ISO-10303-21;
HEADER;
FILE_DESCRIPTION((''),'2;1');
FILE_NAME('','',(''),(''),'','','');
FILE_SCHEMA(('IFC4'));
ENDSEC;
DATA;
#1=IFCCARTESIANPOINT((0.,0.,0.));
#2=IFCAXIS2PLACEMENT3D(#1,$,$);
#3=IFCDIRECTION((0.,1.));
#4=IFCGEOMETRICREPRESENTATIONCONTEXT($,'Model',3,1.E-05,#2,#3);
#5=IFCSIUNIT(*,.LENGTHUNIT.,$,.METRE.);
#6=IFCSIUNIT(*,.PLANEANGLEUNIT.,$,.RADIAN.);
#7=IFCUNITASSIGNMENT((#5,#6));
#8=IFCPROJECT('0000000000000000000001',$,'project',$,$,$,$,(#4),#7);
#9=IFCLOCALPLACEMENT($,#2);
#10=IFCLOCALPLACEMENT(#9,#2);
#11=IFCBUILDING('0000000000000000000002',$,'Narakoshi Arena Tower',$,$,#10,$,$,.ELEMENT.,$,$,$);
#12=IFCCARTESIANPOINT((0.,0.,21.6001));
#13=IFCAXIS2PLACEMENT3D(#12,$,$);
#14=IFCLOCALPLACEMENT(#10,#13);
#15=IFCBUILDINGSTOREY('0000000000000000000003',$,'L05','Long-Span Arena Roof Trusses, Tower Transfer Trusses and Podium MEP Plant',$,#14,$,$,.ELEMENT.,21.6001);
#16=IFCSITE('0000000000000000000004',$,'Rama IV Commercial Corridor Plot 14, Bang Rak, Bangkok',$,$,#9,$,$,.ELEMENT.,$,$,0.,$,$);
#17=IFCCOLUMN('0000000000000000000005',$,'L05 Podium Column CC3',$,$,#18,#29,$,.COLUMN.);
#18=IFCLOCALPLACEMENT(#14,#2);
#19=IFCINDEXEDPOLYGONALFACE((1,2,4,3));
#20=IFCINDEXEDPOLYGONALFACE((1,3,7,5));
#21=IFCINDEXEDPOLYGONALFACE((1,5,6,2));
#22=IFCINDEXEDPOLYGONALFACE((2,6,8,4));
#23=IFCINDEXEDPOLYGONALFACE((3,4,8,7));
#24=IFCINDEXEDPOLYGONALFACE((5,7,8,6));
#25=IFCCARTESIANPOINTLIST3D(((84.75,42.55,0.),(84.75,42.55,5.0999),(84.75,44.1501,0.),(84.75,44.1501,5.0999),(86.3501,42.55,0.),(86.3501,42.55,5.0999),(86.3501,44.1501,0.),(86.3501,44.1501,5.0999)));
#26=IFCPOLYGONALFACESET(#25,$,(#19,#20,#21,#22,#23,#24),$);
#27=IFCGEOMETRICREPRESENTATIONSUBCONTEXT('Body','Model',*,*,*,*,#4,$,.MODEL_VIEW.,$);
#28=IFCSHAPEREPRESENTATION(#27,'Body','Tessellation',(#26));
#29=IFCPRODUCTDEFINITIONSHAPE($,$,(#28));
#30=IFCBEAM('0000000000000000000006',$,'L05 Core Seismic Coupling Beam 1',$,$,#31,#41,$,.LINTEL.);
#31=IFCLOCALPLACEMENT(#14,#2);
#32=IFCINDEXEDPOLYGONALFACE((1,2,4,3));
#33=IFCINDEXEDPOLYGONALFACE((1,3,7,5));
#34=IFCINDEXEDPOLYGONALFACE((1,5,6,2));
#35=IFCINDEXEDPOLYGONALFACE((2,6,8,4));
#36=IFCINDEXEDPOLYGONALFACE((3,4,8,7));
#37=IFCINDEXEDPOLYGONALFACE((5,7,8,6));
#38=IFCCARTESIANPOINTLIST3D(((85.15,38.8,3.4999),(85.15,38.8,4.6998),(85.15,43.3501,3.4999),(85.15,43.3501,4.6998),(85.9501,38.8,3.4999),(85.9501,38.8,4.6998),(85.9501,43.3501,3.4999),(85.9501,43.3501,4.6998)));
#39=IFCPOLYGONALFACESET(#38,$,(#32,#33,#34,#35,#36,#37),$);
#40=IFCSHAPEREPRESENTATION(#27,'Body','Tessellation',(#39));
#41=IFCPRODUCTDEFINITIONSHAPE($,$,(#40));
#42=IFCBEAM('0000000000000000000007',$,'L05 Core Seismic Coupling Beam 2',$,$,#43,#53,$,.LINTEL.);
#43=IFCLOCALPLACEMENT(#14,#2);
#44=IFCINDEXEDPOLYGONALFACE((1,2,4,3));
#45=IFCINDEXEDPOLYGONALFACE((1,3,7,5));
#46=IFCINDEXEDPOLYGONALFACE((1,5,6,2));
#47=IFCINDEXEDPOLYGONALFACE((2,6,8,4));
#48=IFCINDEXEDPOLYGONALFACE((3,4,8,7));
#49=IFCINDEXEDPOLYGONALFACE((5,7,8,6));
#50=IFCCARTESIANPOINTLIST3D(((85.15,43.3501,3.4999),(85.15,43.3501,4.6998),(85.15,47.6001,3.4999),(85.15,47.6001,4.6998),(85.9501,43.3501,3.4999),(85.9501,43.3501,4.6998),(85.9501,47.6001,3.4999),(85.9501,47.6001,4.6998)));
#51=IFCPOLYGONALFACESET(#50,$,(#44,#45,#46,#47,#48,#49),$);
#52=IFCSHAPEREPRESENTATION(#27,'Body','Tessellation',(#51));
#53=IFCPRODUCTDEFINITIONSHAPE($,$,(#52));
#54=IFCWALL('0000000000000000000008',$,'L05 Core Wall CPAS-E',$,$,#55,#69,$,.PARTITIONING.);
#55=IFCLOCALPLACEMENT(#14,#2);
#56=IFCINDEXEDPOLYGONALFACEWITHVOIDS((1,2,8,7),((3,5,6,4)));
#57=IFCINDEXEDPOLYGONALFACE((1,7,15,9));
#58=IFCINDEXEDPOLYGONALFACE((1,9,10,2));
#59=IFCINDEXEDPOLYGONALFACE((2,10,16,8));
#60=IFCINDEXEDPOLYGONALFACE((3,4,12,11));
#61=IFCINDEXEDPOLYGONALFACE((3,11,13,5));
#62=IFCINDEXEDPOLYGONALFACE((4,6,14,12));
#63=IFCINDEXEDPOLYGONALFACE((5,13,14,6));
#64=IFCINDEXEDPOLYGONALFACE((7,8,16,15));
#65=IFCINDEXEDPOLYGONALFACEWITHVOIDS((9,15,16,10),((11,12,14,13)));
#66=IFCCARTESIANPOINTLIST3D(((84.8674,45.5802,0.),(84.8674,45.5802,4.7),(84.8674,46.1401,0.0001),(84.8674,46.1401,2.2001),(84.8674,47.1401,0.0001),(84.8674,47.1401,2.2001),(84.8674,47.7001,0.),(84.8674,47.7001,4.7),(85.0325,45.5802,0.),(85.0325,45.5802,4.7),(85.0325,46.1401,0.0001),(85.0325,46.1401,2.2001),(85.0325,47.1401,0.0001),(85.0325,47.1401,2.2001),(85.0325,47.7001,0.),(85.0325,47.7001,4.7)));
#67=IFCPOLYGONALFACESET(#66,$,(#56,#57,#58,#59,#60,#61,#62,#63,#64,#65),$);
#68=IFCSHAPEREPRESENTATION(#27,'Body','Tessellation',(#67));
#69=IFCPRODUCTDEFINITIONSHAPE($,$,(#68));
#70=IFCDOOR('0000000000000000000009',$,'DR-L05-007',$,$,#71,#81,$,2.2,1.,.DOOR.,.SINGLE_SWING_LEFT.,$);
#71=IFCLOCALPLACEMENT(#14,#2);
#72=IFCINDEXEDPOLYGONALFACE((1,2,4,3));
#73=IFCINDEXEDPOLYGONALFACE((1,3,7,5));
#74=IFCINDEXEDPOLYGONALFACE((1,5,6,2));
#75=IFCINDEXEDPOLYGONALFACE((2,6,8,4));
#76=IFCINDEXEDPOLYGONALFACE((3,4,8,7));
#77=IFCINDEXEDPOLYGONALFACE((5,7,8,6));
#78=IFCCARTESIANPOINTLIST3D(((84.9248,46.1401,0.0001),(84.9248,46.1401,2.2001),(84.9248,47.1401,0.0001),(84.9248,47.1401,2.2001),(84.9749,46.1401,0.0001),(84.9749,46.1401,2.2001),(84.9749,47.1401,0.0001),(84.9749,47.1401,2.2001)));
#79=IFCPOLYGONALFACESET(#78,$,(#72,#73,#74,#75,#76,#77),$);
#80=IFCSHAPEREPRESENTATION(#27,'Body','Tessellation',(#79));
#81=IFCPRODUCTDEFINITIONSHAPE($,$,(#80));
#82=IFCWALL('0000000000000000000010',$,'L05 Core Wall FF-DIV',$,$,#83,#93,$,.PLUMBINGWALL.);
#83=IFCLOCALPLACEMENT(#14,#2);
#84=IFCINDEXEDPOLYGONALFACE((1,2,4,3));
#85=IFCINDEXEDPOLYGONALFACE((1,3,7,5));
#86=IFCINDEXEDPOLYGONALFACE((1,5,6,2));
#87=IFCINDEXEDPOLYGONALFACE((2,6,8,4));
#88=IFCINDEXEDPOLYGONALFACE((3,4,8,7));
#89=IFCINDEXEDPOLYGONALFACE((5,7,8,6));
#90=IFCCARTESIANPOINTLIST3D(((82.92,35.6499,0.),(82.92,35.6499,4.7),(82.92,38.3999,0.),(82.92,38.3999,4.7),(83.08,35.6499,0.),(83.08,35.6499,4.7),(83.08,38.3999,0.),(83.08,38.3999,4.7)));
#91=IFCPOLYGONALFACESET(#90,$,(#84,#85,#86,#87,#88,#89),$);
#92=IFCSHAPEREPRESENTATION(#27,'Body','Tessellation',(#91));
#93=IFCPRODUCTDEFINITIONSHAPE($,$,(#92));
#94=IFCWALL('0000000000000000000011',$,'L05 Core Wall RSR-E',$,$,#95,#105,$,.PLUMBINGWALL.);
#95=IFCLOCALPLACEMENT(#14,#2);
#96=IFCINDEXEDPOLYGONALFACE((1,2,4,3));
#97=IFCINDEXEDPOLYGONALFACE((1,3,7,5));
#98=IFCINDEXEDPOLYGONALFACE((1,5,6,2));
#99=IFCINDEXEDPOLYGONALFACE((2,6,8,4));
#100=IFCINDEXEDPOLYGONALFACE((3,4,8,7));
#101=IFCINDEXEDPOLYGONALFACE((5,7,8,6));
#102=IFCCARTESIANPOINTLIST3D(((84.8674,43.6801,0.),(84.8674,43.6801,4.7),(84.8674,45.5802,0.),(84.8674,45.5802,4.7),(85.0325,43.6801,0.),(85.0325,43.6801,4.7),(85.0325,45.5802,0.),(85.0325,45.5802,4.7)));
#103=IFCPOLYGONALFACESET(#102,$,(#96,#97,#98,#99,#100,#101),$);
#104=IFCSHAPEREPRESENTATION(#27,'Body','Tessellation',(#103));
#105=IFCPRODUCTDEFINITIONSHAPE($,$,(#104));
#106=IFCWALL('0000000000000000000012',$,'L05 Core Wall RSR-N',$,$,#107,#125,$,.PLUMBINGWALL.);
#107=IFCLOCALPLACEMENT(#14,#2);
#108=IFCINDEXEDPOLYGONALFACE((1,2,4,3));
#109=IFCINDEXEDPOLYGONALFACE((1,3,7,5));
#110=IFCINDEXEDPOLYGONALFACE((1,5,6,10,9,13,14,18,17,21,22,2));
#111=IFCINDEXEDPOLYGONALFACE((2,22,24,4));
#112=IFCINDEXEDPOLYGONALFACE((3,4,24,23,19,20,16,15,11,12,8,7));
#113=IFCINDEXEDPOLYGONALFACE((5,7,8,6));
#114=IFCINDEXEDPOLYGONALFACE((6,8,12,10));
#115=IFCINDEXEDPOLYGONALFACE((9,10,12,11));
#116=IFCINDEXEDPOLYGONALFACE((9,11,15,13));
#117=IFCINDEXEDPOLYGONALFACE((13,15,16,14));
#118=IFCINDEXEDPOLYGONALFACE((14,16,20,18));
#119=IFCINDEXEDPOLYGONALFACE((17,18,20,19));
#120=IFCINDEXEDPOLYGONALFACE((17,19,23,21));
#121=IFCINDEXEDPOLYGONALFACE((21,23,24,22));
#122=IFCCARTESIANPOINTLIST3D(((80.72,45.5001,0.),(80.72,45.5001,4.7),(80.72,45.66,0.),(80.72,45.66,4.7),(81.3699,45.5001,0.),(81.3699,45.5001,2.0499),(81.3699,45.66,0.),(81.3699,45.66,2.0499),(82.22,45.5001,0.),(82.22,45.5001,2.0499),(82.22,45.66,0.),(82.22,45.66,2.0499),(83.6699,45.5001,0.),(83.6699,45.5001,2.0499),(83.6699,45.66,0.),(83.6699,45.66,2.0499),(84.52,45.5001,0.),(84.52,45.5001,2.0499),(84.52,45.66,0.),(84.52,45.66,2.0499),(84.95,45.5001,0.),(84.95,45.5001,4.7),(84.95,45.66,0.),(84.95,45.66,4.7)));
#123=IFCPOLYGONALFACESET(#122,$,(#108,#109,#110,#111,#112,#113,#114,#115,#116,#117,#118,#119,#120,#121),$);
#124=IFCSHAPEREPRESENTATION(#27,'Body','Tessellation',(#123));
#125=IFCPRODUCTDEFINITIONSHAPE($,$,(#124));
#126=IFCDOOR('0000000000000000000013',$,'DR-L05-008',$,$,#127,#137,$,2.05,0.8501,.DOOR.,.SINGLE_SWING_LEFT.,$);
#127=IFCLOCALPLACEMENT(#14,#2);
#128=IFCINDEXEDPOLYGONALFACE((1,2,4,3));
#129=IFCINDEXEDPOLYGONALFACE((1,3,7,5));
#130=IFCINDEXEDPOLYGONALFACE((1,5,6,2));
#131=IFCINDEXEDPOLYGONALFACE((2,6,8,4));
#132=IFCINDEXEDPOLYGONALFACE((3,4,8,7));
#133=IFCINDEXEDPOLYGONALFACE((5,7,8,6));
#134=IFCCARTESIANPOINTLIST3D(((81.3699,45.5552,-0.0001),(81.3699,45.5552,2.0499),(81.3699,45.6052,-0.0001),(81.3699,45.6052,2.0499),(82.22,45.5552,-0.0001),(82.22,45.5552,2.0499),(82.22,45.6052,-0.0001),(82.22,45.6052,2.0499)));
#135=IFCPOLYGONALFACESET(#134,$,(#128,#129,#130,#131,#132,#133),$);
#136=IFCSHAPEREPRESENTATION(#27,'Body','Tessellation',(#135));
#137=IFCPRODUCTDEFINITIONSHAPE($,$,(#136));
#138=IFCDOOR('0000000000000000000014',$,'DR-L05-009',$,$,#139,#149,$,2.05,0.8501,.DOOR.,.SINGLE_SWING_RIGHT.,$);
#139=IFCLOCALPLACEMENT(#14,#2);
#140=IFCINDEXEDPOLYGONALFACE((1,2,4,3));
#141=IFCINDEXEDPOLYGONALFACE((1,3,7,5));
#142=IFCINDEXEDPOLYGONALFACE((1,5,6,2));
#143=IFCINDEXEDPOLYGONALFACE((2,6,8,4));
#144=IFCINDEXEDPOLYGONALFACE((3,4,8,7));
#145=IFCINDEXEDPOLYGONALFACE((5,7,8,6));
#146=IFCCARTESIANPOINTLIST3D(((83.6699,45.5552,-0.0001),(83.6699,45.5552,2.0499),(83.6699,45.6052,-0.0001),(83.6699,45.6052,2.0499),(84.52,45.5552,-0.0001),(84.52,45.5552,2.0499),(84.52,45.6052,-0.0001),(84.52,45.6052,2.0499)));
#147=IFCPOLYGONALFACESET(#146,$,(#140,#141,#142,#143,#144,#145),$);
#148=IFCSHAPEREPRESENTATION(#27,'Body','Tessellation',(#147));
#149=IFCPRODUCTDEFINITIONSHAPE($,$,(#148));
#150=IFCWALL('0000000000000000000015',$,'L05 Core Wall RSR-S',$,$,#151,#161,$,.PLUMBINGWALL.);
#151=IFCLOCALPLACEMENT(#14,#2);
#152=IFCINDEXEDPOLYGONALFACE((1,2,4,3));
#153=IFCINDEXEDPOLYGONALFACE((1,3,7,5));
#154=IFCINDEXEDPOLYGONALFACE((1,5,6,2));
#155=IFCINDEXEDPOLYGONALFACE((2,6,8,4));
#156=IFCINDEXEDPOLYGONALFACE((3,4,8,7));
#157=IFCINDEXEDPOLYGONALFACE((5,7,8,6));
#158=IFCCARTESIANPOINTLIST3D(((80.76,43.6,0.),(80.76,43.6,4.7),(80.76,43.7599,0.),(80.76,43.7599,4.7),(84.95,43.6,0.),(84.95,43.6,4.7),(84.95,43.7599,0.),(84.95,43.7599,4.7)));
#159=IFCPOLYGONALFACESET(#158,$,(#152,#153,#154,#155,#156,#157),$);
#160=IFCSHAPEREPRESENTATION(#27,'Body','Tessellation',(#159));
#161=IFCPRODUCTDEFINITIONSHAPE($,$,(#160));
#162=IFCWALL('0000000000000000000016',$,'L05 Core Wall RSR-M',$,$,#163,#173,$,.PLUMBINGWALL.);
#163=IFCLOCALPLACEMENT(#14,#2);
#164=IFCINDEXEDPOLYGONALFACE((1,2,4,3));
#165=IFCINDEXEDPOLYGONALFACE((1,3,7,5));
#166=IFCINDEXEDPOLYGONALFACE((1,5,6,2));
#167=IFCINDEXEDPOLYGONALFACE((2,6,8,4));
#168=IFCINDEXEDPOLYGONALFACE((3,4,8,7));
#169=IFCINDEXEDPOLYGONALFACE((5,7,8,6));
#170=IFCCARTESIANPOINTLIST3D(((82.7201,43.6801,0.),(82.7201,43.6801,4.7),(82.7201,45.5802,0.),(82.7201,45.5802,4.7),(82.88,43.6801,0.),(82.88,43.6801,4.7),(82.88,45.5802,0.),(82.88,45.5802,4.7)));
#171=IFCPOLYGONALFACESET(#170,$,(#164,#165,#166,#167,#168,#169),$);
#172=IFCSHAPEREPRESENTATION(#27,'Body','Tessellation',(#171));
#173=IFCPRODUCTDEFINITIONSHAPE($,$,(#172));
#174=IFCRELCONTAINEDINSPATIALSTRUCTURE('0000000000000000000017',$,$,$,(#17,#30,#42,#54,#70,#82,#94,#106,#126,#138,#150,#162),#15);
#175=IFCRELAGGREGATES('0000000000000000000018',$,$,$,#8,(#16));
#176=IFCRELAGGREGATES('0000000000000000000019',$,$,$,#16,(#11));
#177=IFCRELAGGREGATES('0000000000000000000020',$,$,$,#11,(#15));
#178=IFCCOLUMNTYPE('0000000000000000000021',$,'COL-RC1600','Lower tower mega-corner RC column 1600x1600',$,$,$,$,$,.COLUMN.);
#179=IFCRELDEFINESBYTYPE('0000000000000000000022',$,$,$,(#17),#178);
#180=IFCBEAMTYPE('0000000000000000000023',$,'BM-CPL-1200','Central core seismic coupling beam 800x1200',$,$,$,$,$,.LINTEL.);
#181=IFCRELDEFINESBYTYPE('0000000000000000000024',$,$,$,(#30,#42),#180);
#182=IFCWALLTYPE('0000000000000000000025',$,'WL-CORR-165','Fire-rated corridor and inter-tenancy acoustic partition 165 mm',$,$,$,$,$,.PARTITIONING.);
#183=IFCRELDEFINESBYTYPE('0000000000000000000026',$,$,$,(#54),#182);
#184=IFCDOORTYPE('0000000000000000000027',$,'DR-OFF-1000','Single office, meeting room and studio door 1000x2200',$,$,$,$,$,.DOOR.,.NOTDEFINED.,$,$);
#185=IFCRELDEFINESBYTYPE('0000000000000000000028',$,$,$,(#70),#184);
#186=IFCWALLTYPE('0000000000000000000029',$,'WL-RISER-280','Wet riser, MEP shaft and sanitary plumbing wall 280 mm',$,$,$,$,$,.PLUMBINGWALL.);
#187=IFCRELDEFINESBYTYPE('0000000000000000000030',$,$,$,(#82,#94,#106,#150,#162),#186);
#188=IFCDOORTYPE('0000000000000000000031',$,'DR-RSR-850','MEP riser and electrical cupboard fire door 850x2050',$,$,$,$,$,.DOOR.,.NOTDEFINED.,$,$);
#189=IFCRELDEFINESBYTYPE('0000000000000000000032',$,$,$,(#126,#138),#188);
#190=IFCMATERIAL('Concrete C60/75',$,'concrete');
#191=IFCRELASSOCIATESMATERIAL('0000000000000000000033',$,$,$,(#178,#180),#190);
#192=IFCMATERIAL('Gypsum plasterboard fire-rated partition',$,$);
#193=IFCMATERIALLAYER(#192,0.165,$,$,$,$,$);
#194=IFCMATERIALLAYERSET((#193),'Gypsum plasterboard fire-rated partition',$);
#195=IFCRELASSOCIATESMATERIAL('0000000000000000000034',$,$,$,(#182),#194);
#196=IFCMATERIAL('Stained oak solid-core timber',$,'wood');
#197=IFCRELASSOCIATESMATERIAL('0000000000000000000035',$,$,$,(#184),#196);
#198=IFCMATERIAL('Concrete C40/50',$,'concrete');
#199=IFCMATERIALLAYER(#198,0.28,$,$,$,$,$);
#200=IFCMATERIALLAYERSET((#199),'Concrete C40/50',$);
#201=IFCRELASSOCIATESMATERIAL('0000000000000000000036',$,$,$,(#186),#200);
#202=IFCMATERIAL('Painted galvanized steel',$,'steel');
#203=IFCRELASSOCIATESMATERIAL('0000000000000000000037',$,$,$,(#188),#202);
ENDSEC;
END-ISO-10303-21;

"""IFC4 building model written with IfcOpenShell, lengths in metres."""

from ifc_helpers import new_model, si_unit, direction, frame, frame_2d, origin, origin_2d, place, context, subcontext, project, spatial, rectangle, extrude, material, layer, layer_set, material_profile, profile_set, type_object, element, fill, save


model = new_model("IFC4")

# Units and contexts
model_context = context("Model", 3, precision=1e-05, world=origin(), true_north=direction((0.0, 1.0)))
body_context = subcontext(model_context, "Body", "Model", "MODEL_VIEW")
ifc_project = project(units=[si_unit("LENGTHUNIT", "METRE"), si_unit("PLANEANGLEUNIT", "RADIAN")], contexts=[model_context])

# Site, building, storey
site_placement = place(None, origin())
site = spatial("IfcSite", under=ifc_project, at=site_placement, Name="Rama IV Commercial Corridor Plot 14, Bang Rak, Bangkok", CompositionType="ELEMENT", RefElevation=0.0)
building_placement = place(site_placement, origin())
building = spatial("IfcBuilding", under=site, at=building_placement, Name="Narakoshi Arena Tower", CompositionType="ELEMENT")
storey_placement = place(building_placement, frame((0.0, 0.0, 21.6001)))
storey = spatial("IfcBuildingStorey", under=building, at=storey_placement, Name="L05", Description="Long-Span Arena Roof Trusses, Tower Transfer Trusses and Podium MEP Plant", CompositionType="ELEMENT", Elevation=21.6001)

# Column
ifc_material_1 = material(Name="Concrete C60/75", Category="concrete")
ifc_material_profile_1 = material_profile(ifc_material_1, rectangle(XDim=1.6001, YDim=1.6001, at=origin_2d()), Name="RC1600x1600")
ifc_profile_set_1 = profile_set([ifc_material_profile_1], Name="Concrete C60/75")
column_type = type_object("IfcColumnType", Name="COL-RC1600", Description="Lower tower mega-corner RC column 1600x1600", PredefinedType="COLUMN", material=ifc_profile_set_1)
column_placement = place(storey_placement, frame((85.55, 43.3501, 0.0), z_axis=(0.0, 0.0, 1.0), x_axis=(1.0, 0.0, 0.0)))
element("IfcColumn", 1, at=column_placement, inside=storey, type_object=column_type, Name="L05 Podium Column CC3", PredefinedType="COLUMN", context=body_context, shape_type="SweptSolid", body=[
    extrude(rectangle(XDim=1.6001, YDim=1.6001, at=origin_2d()), origin(), (0.0, 0.0, 1.0), 5.0999),
])

# Beams
ifc_material_profile_2 = material_profile(ifc_material_1, rectangle(XDim=0.8, YDim=1.2, at=origin_2d()), Name="RCB800x1200")
ifc_profile_set_2 = profile_set([ifc_material_profile_2], Name="Concrete C60/75")
beam_type = type_object("IfcBeamType", Name="BM-CPL-1200", Description="Central core seismic coupling beam 800x1200", PredefinedType="LINTEL", material=ifc_profile_set_2)
beam_1_placement = place(storey_placement, frame((85.55, 38.8, 4.0999), z_axis=(0.0, 1.0, 0.0), x_axis=(-1.0, 0.0, 0.0)))
element("IfcBeam", 2, at=beam_1_placement, inside=storey, type_object=beam_type, Name="L05 Core Seismic Coupling Beam 1", PredefinedType="LINTEL", context=body_context, shape_type="SweptSolid", body=[
    extrude(rectangle(XDim=0.8, YDim=1.2, at=origin_2d()), origin(), (0.0, 0.0, 1.0), 4.55),
])
beam_2_placement = place(storey_placement, frame((85.55, 43.3501, 4.0999), z_axis=(0.0, 1.0, 0.0), x_axis=(-1.0, 0.0, 0.0)))
element("IfcBeam", 3, at=beam_2_placement, inside=storey, type_object=beam_type, Name="L05 Core Seismic Coupling Beam 2", PredefinedType="LINTEL", context=body_context, shape_type="SweptSolid", body=[
    extrude(rectangle(XDim=0.8, YDim=1.2, at=origin_2d()), origin(), (0.0, 0.0, 1.0), 4.25),
])

# Wall, opening, door
ifc_material_2 = material(Name="Gypsum plasterboard fire-rated partition")
ifc_layer_1 = layer(ifc_material_2, 0.165)
ifc_layer_set_1 = layer_set([ifc_layer_1], Name="Gypsum plasterboard fire-rated partition")
wall_type_1 = type_object("IfcWallType", Name="WL-CORR-165", Description="Fire-rated corridor and inter-tenancy acoustic partition 165 mm", PredefinedType="PARTITIONING", material=ifc_layer_set_1)
wall_1_placement = place(storey_placement, frame((84.95, 45.5801, 0.0), z_axis=(0.0, 0.0, 1.0), x_axis=(0.0, 1.0, 0.0)))
wall_1 = element("IfcWall", 4, at=wall_1_placement, inside=storey, type_object=wall_type_1, Name="L05 Core Wall CPAS-E", PredefinedType="PARTITIONING", context=body_context, shape_type="SweptSolid", body=[
    extrude(rectangle(XDim=2.1199, YDim=0.165, at=frame_2d((1.0601, 0.0))), origin(), (0.0, 0.0, 1.0), 4.7),
])
opening_1_placement = place(wall_1_placement, frame((0.5601, 0.0, 0.0)))
opening_1 = element("IfcOpeningElement", 5, at=opening_1_placement, cuts=wall_1, PredefinedType="OPENING", context=body_context, shape_type="SweptSolid", body=[
    extrude(rectangle(XDim=1.0, YDim=2.2, at=frame_2d((0.5, 1.1001))), frame((0.0, 0.0925, 0.0), z_axis=(0.0, -1.0, 0.0), x_axis=(1.0, 0.0, 0.0)), (0.0, 0.0, 1.0), 0.1851),
])
ifc_material_3 = material(Name="Stained oak solid-core timber", Category="wood")
door_type_1 = type_object("IfcDoorType", Name="DR-OFF-1000", Description="Single office, meeting room and studio door 1000x2200", OperationType="NOTDEFINED", PredefinedType="DOOR", material=ifc_material_3)
door_1_placement = place(opening_1_placement, frame((1.0, 0.0, 0.0), z_axis=(0.0, 0.0, 1.0), x_axis=(-1.0, 0.0, 0.0)))
door_1 = element("IfcDoor", 6, at=door_1_placement, inside=storey, type_object=door_type_1, Name="DR-L05-007", OperationType="SINGLE_SWING_LEFT", OverallHeight=2.2, OverallWidth=1.0, PredefinedType="DOOR", context=body_context, shape_type="SweptSolid", body=[
    extrude(rectangle(XDim=1.0, YDim=2.2, at=frame_2d((0.5, 1.1001))), frame((0.0, 0.0249, 0.0), z_axis=(0.0, -1.0, 0.0), x_axis=(1.0, 0.0, 0.0)), (0.0, 0.0, 1.0), 0.05),
])
fill(opening_1, door_1)

# Walls
ifc_material_4 = material(Name="Concrete C40/50", Category="concrete")
ifc_layer_2 = layer(ifc_material_4, 0.28)
ifc_layer_set_2 = layer_set([ifc_layer_2], Name="Concrete C40/50")
wall_type_2 = type_object("IfcWallType", Name="WL-RISER-280", Description="Wet riser, MEP shaft and sanitary plumbing wall 280 mm", PredefinedType="PLUMBINGWALL", material=ifc_layer_set_2)
wall_2_placement = place(storey_placement, frame((83.0, 35.6499, 0.0), z_axis=(0.0, 0.0, 1.0), x_axis=(0.0, 1.0, 0.0)))
element("IfcWall", 7, at=wall_2_placement, inside=storey, type_object=wall_type_2, Name="L05 Core Wall FF-DIV", PredefinedType="PLUMBINGWALL", context=body_context, shape_type="SweptSolid", body=[
    extrude(rectangle(XDim=2.75, YDim=0.1599, at=frame_2d((1.375, 0.0))), origin(), (0.0, 0.0, 1.0), 4.7),
])
wall_3_placement = place(storey_placement, frame((84.95, 43.6799, 0.0), z_axis=(0.0, 0.0, 1.0), x_axis=(0.0, 1.0, 0.0)))
element("IfcWall", 8, at=wall_3_placement, inside=storey, type_object=wall_type_2, Name="L05 Core Wall RSR-E", PredefinedType="PLUMBINGWALL", context=body_context, shape_type="SweptSolid", body=[
    extrude(rectangle(XDim=1.9001, YDim=0.165, at=frame_2d((0.9502, 0.0))), origin(), (0.0, 0.0, 1.0), 4.7),
])

# Wall, openings, doors
wall_4_placement = place(storey_placement, frame((80.72, 45.5801, 0.0), z_axis=(0.0, 0.0, 1.0), x_axis=(1.0, 0.0, 0.0)))
wall_4 = element("IfcWall", 9, at=wall_4_placement, inside=storey, type_object=wall_type_2, Name="L05 Core Wall RSR-N", PredefinedType="PLUMBINGWALL", context=body_context, shape_type="SweptSolid", body=[
    extrude(rectangle(XDim=4.23, YDim=0.1599, at=frame_2d((2.115, 0.0))), origin(), (0.0, 0.0, 1.0), 4.7),
])
opening_2_placement = place(wall_4_placement, frame((0.6499, 0.0, 0.0)))
opening_2 = element("IfcOpeningElement", 10, at=opening_2_placement, cuts=wall_4, PredefinedType="OPENING", context=body_context, shape_type="SweptSolid", body=[
    extrude(rectangle(XDim=0.8501, YDim=2.05, at=frame_2d((0.425, 1.0249))), frame((0.0, 0.0898, 0.0), z_axis=(0.0, -1.0, 0.0), x_axis=(1.0, 0.0, 0.0)), (0.0, 0.0, 1.0), 0.1799),
])
opening_3_placement = place(wall_4_placement, frame((2.95, 0.0, 0.0)))
opening_3 = element("IfcOpeningElement", 11, at=opening_3_placement, cuts=wall_4, PredefinedType="OPENING", context=body_context, shape_type="SweptSolid", body=[
    extrude(rectangle(XDim=0.8501, YDim=2.05, at=frame_2d((0.425, 1.0249))), frame((0.0, 0.0898, 0.0), z_axis=(0.0, -1.0, 0.0), x_axis=(1.0, 0.0, 0.0)), (0.0, 0.0, 1.0), 0.1799),
])
ifc_material_5 = material(Name="Painted galvanized steel", Category="steel")
door_type_2 = type_object("IfcDoorType", Name="DR-RSR-850", Description="MEP riser and electrical cupboard fire door 850x2050", OperationType="NOTDEFINED", PredefinedType="DOOR", material=ifc_material_5)
door_2_placement = place(opening_2_placement, frame((0.8501, 0.0, 0.0), z_axis=(0.0, 0.0, 1.0), x_axis=(-1.0, 0.0, 0.0)))
door_2 = element("IfcDoor", 12, at=door_2_placement, inside=storey, type_object=door_type_2, Name="DR-L05-008", OperationType="SINGLE_SWING_LEFT", OverallHeight=2.05, OverallWidth=0.8501, PredefinedType="DOOR", context=body_context, shape_type="SweptSolid", body=[
    extrude(rectangle(XDim=0.8501, YDim=2.05, at=frame_2d((0.425, 1.0249))), frame((0.0, 0.0249, 0.0), z_axis=(0.0, -1.0, 0.0), x_axis=(1.0, 0.0, 0.0)), (0.0, 0.0, 1.0), 0.05),
])
fill(opening_2, door_2)
door_3_placement = place(opening_3_placement, frame((0.8501, 0.0, 0.0), z_axis=(0.0, 0.0, 1.0), x_axis=(-1.0, 0.0, 0.0)))
door_3 = element("IfcDoor", 13, at=door_3_placement, inside=storey, type_object=door_type_2, Name="DR-L05-009", OperationType="SINGLE_SWING_RIGHT", OverallHeight=2.05, OverallWidth=0.8501, PredefinedType="DOOR", context=body_context, shape_type="SweptSolid", body=[
    extrude(rectangle(XDim=0.8501, YDim=2.05, at=frame_2d((0.425, 1.0249))), frame((0.0, 0.0249, 0.0), z_axis=(0.0, -1.0, 0.0), x_axis=(1.0, 0.0, 0.0)), (0.0, 0.0, 1.0), 0.05),
])
fill(opening_3, door_3)

# Walls
wall_5_placement = place(storey_placement, frame((80.76, 43.6799, 0.0), z_axis=(0.0, 0.0, 1.0), x_axis=(1.0, 0.0, 0.0)))
element("IfcWall", 14, at=wall_5_placement, inside=storey, type_object=wall_type_2, Name="L05 Core Wall RSR-S", PredefinedType="PLUMBINGWALL", context=body_context, shape_type="SweptSolid", body=[
    extrude(rectangle(XDim=4.1899, YDim=0.1599, at=frame_2d((2.095, 0.0))), origin(), (0.0, 0.0, 1.0), 4.7),
])
wall_6_placement = place(storey_placement, frame((82.8, 43.6799, 0.0), z_axis=(0.0, 0.0, 1.0), x_axis=(0.0, 1.0, 0.0)))
element("IfcWall", 15, at=wall_6_placement, inside=storey, type_object=wall_type_2, Name="L05 Core Wall RSR-M", PredefinedType="PLUMBINGWALL", context=body_context, shape_type="SweptSolid", body=[
    extrude(rectangle(XDim=1.9001, YDim=0.1599, at=frame_2d((0.9502, 0.0))), origin(), (0.0, 0.0, 1.0), 4.7),
])

save(model, "model.ifc")
